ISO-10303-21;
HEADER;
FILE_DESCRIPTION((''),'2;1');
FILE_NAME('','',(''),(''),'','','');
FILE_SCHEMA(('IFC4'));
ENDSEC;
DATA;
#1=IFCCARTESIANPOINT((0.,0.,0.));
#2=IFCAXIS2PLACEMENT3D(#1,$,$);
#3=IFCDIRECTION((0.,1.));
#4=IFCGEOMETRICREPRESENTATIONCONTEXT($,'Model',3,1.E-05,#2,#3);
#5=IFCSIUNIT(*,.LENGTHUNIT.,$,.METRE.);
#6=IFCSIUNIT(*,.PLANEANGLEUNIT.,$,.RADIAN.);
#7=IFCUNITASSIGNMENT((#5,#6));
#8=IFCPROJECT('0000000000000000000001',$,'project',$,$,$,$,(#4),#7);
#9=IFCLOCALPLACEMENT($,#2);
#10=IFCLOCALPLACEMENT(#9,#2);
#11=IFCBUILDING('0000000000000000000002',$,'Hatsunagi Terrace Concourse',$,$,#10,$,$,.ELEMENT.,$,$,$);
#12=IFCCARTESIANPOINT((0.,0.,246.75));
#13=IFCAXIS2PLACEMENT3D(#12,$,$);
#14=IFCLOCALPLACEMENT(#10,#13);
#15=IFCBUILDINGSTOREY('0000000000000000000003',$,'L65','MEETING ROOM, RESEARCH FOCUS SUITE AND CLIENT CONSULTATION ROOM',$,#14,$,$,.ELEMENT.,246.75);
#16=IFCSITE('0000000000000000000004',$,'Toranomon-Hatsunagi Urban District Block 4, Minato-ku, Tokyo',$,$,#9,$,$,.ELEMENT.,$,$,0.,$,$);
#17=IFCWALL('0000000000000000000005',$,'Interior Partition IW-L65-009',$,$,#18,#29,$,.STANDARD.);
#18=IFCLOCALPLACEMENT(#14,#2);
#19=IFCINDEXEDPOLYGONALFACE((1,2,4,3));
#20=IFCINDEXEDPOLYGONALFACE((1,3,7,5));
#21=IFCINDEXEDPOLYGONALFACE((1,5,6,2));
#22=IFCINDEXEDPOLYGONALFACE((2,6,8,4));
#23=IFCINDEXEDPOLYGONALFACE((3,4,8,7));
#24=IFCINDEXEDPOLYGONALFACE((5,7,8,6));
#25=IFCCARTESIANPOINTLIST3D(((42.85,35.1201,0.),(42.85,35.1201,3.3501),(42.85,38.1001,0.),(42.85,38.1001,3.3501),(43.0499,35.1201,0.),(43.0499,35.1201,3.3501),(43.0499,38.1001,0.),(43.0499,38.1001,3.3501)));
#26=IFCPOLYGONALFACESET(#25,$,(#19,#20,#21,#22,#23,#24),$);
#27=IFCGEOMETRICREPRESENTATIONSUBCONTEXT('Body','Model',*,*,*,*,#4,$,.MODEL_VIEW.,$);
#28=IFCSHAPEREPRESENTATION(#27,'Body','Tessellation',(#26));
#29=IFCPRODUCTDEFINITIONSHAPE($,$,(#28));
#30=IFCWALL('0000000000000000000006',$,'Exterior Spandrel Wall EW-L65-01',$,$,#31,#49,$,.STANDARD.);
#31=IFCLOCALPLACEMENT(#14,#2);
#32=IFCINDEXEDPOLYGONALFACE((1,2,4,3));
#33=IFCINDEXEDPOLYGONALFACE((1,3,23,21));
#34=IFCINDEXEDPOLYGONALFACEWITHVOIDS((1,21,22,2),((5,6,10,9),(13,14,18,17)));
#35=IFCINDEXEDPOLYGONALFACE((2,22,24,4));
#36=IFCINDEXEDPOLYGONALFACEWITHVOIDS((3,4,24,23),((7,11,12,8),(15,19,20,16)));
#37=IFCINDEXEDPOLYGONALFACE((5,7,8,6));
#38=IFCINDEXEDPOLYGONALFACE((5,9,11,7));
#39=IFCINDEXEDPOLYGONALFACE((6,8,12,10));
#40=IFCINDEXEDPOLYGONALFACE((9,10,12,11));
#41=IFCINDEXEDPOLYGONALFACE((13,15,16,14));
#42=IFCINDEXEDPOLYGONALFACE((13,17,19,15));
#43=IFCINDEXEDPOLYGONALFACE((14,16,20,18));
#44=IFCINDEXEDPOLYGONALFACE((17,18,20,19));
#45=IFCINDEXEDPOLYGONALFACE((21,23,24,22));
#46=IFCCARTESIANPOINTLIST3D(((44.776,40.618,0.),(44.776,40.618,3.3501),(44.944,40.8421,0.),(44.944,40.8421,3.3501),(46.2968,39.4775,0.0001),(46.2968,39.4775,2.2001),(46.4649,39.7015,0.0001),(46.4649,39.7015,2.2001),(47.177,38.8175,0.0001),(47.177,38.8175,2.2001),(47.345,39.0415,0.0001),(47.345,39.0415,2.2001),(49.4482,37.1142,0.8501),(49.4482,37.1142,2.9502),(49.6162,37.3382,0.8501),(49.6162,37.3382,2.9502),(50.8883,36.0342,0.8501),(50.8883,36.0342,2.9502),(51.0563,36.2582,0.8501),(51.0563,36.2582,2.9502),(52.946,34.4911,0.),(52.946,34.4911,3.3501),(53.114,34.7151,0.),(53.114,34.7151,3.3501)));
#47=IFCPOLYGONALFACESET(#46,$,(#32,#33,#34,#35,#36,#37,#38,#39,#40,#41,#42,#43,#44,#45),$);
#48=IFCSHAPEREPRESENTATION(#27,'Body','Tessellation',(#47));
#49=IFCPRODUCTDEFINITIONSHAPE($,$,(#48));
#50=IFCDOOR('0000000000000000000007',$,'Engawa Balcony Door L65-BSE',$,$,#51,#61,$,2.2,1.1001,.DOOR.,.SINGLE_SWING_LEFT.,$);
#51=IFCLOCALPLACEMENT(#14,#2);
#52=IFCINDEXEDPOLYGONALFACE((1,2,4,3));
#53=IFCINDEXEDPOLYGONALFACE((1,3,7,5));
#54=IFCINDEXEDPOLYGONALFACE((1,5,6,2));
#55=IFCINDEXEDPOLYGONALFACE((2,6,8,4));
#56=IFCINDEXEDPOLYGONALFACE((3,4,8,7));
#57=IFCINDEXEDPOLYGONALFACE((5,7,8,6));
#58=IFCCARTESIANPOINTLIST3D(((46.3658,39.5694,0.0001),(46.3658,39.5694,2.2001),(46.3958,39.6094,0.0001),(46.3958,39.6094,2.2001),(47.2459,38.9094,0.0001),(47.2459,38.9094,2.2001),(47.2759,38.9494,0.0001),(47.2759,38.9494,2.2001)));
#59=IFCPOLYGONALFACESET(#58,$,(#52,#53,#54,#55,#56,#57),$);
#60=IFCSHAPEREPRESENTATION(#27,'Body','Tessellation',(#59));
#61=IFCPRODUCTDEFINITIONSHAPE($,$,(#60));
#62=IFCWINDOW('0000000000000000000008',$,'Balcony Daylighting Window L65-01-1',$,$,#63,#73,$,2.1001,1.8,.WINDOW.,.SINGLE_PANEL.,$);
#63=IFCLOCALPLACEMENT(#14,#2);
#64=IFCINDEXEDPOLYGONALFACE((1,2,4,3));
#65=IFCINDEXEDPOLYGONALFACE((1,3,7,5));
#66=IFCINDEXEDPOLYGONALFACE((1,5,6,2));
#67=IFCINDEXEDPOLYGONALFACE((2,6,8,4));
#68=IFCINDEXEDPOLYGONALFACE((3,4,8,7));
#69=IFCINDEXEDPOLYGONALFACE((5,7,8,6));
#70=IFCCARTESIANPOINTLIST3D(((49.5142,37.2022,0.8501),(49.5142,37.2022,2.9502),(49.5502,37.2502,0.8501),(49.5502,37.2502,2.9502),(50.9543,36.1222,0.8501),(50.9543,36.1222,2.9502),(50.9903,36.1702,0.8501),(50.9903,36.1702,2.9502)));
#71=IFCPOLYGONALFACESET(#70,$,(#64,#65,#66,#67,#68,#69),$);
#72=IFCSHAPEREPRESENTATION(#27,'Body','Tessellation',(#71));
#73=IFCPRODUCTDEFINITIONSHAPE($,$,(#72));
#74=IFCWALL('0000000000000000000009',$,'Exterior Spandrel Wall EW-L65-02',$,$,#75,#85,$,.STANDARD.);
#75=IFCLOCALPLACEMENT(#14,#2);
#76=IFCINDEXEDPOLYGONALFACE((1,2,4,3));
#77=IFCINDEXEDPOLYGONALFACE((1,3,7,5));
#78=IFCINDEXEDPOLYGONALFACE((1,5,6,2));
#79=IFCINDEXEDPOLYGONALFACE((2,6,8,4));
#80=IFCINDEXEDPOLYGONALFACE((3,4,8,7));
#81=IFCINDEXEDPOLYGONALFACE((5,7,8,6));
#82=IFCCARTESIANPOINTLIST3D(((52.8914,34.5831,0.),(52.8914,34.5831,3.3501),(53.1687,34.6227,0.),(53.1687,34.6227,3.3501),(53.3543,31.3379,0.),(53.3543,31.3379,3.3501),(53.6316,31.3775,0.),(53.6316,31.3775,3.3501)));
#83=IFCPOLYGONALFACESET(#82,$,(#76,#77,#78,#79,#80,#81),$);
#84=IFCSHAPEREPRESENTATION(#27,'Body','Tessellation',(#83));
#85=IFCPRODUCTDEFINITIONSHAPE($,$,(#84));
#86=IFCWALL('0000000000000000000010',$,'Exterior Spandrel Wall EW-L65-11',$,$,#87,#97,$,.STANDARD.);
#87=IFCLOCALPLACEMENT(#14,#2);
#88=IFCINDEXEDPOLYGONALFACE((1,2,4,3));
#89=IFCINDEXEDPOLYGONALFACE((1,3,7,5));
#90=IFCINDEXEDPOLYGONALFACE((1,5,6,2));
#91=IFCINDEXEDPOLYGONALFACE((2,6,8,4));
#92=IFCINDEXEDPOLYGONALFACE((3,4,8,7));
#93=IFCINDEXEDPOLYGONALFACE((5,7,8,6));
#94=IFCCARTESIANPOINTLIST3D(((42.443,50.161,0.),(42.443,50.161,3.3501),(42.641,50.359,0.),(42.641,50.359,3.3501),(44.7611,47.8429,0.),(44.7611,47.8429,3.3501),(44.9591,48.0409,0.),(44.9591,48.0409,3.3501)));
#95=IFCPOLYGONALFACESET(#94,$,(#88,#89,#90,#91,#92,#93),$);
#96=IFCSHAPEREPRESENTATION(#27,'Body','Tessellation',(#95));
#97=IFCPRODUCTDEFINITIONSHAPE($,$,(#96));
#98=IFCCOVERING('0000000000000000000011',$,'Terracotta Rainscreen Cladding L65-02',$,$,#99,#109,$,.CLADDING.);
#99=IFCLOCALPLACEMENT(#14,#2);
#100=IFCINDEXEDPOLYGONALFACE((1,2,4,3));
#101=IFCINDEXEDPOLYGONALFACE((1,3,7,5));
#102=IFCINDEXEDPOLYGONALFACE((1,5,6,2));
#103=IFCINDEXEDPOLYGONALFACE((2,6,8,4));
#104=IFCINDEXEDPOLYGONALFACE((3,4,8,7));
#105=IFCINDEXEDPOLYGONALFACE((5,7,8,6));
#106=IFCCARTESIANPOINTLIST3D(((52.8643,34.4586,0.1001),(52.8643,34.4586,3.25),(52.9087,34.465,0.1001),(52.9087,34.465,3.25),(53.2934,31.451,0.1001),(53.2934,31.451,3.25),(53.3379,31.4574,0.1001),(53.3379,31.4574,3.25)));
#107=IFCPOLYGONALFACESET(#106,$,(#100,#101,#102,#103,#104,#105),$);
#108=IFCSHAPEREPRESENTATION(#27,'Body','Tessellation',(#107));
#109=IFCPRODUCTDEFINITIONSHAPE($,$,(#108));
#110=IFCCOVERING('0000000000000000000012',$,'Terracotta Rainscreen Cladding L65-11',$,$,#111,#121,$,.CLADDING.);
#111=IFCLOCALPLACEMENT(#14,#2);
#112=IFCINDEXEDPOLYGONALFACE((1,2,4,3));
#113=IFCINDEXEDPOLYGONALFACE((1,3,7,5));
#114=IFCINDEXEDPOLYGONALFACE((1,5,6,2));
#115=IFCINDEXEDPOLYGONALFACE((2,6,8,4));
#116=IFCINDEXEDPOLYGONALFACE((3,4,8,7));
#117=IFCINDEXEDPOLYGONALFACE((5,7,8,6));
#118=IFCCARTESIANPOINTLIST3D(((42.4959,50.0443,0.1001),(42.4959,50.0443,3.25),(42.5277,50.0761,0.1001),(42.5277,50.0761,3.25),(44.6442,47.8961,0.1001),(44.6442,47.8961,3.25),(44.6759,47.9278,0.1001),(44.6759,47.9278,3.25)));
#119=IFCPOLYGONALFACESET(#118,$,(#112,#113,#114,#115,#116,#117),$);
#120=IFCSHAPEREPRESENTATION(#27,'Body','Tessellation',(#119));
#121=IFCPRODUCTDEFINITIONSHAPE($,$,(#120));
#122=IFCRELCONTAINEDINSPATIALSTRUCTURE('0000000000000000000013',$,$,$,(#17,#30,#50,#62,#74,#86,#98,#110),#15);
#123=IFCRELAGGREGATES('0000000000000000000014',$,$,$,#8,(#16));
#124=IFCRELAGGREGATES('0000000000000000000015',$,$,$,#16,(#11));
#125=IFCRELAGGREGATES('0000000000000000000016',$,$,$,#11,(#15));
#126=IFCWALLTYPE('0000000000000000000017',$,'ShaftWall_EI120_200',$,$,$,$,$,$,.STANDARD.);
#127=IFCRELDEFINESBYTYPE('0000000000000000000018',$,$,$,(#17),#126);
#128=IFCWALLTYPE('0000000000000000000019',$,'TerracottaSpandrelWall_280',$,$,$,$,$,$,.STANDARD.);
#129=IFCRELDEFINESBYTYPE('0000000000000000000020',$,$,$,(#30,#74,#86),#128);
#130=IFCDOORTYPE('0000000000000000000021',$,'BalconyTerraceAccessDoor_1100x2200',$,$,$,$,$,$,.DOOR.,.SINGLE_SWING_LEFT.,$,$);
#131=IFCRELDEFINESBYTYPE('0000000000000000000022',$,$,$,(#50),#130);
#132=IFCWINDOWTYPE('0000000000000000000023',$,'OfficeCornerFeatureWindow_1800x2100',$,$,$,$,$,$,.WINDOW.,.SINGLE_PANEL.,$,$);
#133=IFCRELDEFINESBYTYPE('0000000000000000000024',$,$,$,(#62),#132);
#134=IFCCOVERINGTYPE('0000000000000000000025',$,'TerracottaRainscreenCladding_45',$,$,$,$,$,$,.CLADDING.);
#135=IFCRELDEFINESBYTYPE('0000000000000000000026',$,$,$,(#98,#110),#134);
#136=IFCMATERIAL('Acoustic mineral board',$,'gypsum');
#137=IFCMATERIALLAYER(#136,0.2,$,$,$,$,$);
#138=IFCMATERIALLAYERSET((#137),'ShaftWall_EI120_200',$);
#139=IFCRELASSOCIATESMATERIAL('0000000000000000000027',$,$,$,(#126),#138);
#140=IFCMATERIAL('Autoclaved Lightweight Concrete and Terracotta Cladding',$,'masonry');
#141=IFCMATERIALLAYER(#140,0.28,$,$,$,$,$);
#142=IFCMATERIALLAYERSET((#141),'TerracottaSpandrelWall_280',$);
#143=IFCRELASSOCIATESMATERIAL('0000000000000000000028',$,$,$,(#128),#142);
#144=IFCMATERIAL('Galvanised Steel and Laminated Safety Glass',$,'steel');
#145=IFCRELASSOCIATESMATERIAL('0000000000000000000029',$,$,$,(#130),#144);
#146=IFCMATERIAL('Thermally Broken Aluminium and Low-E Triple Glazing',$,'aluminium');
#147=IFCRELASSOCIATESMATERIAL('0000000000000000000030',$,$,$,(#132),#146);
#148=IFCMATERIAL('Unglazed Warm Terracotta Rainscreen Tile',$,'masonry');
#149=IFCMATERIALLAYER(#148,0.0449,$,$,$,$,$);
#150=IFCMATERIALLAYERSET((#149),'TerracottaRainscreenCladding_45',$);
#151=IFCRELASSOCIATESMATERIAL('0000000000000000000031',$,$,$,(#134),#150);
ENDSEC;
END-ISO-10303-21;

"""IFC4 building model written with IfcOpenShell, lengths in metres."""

from ifc_helpers import new_model, si_unit, direction, frame, frame_2d, origin, origin_2d, place, context, subcontext, project, spatial, rectangle, extrude, material, layer, layer_set, type_object, element, fill, save


model = new_model("IFC4")

# Units and contexts
model_context = context("Model", 3, precision=1e-05, world=origin(), true_north=direction((0.0, 1.0)))
body_context = subcontext(model_context, "Body", "Model", "MODEL_VIEW")
ifc_project = project(units=[si_unit("LENGTHUNIT", "METRE"), si_unit("PLANEANGLEUNIT", "RADIAN")], contexts=[model_context])

# Site, building, storey
site_placement = place(None, origin())
site = spatial("IfcSite", under=ifc_project, at=site_placement, Name="Toranomon-Hatsunagi Urban District Block 4, Minato-ku, Tokyo", CompositionType="ELEMENT", RefElevation=0.0)
building_placement = place(site_placement, origin())
building = spatial("IfcBuilding", under=site, at=building_placement, Name="Hatsunagi Terrace Concourse", CompositionType="ELEMENT")
storey_placement = place(building_placement, frame((0.0, 0.0, 246.75)))
storey = spatial("IfcBuildingStorey", under=building, at=storey_placement, Name="L65", Description="MEETING ROOM, RESEARCH FOCUS SUITE AND CLIENT CONSULTATION ROOM", CompositionType="ELEMENT", Elevation=246.75)

# Wall
ifc_material_1 = material(Name="Acoustic mineral board", Category="gypsum")
ifc_layer_1 = layer(ifc_material_1, 0.2)
ifc_layer_set_1 = layer_set([ifc_layer_1], Name="ShaftWall_EI120_200")
wall_type_1 = type_object("IfcWallType", Name="ShaftWall_EI120_200", PredefinedType="STANDARD", material=ifc_layer_set_1)
wall_1_placement = place(storey_placement, frame((42.95, 35.1201, 0.0), z_axis=(0.0, 0.0, 1.0), x_axis=(0.0, 1.0, 0.0)))
element("IfcWall", 1, at=wall_1_placement, inside=storey, type_object=wall_type_1, Name="Interior Partition IW-L65-009", PredefinedType="STANDARD", context=body_context, shape_type="SweptSolid", body=[
    extrude(rectangle(XDim=2.98, YDim=0.2, at=frame_2d((1.49, 0.0))), origin(), (0.0, 0.0, 1.0), 3.3501),
])

# Wall, openings, door, window
ifc_material_2 = material(Name="Autoclaved Lightweight Concrete and Terracotta Cladding", Category="masonry")
ifc_layer_2 = layer(ifc_material_2, 0.28)
ifc_layer_set_2 = layer_set([ifc_layer_2], Name="TerracottaSpandrelWall_280")
wall_type_2 = type_object("IfcWallType", Name="TerracottaSpandrelWall_280", PredefinedType="STANDARD", material=ifc_layer_set_2)
wall_2_placement = place(storey_placement, frame((44.8601, 40.73, 0.0), z_axis=(0.0, 0.0, 1.0), x_axis=(0.800023, -0.599969, 0.0)))
wall_2 = element("IfcWall", 2, at=wall_2_placement, inside=storey, type_object=wall_type_2, Name="Exterior Spandrel Wall EW-L65-01", PredefinedType="STANDARD", context=body_context, shape_type="SweptSolid", body=[
    extrude(rectangle(XDim=10.2122, YDim=0.28, at=frame_2d((5.106, 0.0))), origin(), (0.0, 0.0, 1.0), 3.3501),
])
opening_1_placement = place(wall_2_placement, frame((1.9009, 0.0, 0.0)))
opening_1 = element("IfcOpeningElement", 3, at=opening_1_placement, cuts=wall_2, PredefinedType="OPENING", context=body_context, shape_type="SweptSolid", body=[
    extrude(rectangle(XDim=1.1001, YDim=2.2, at=frame_2d((0.55, 1.1001))), frame((0.0, 0.1499, 0.0), z_axis=(0.0, -1.0, 0.0), x_axis=(1.0, 0.0, 0.0)), (0.0, 0.0, 1.0), 0.3),
])
opening_2_placement = place(wall_2_placement, frame((5.8401, 0.0, 0.8501)))
opening_2 = element("IfcOpeningElement", 4, at=opening_2_placement, cuts=wall_2, PredefinedType="OPENING", context=body_context, shape_type="SweptSolid", body=[
    extrude(rectangle(XDim=1.8, YDim=2.1001, at=frame_2d((0.8999, 1.05))), frame((0.0, 0.1499, 0.0), z_axis=(0.0, -1.0, 0.0), x_axis=(1.0, 0.0, 0.0)), (0.0, 0.0, 1.0), 0.3),
])
ifc_material_3 = material(Name="Galvanised Steel and Laminated Safety Glass", Category="steel")
door_type_1 = type_object("IfcDoorType", Name="BalconyTerraceAccessDoor_1100x2200", OperationType="SINGLE_SWING_LEFT", PredefinedType="DOOR", material=ifc_material_3)
door_1_placement = place(opening_1_placement, origin())
door_1 = element("IfcDoor", 5, at=door_1_placement, inside=storey, type_object=door_type_1, Name="Engawa Balcony Door L65-BSE", OperationType="SINGLE_SWING_LEFT", OverallHeight=2.2, OverallWidth=1.1001, PredefinedType="DOOR", context=body_context, shape_type="SweptSolid", body=[
    extrude(rectangle(XDim=1.1001, YDim=2.2, at=frame_2d((0.55, 1.1001))), frame((0.0, 0.0249, 0.0), z_axis=(0.0, -1.0, 0.0), x_axis=(1.0, 0.0, 0.0)), (0.0, 0.0, 1.0), 0.05),
])
fill(opening_1, door_1)
ifc_material_4 = material(Name="Thermally Broken Aluminium and Low-E Triple Glazing", Category="aluminium")
window_type = type_object("IfcWindowType", Name="OfficeCornerFeatureWindow_1800x2100", PartitioningType="SINGLE_PANEL", PredefinedType="WINDOW", material=ifc_material_4)
window_placement = place(opening_2_placement, origin())
window = element("IfcWindow", 6, at=window_placement, inside=storey, type_object=window_type, Name="Balcony Daylighting Window L65-01-1", OverallHeight=2.1001, OverallWidth=1.8, PartitioningType="SINGLE_PANEL", PredefinedType="WINDOW", context=body_context, shape_type="SweptSolid", body=[
    extrude(rectangle(XDim=1.8, YDim=2.1001, at=frame_2d((0.8999, 1.05))), frame((0.0, 0.03, 0.0), z_axis=(0.0, -1.0, 0.0), x_axis=(1.0, 0.0, 0.0)), (0.0, 0.0, 1.0), 0.0601),
])
fill(opening_2, window)

# Walls
wall_3_placement = place(storey_placement, frame((53.03, 34.603, 0.0), z_axis=(0.0, 0.0, 1.0), x_axis=(0.141213, -0.989979, 0.0)))
element("IfcWall", 7, at=wall_3_placement, inside=storey, type_object=wall_type_2, Name="Exterior Spandrel Wall EW-L65-02", PredefinedType="STANDARD", context=body_context, shape_type="SweptSolid", body=[
    extrude(rectangle(XDim=3.2781, YDim=0.28, at=frame_2d((1.6392, 0.0))), origin(), (0.0, 0.0, 1.0), 3.3501),
])
wall_4_placement = place(storey_placement, frame((42.542, 50.26, 0.0), z_axis=(0.0, 0.0, 1.0), x_axis=(0.707107, -0.707107, 0.0)))
element("IfcWall", 8, at=wall_4_placement, inside=storey, type_object=wall_type_2, Name="Exterior Spandrel Wall EW-L65-11", PredefinedType="STANDARD", context=body_context, shape_type="SweptSolid", body=[
    extrude(rectangle(XDim=3.2783, YDim=0.28, at=frame_2d((1.6392, 0.0))), origin(), (0.0, 0.0, 1.0), 3.3501),
])

# Coverings
ifc_material_5 = material(Name="Unglazed Warm Terracotta Rainscreen Tile", Category="masonry")
ifc_layer_3 = layer(ifc_material_5, 0.0449)
ifc_layer_set_3 = layer_set([ifc_layer_3], Name="TerracottaRainscreenCladding_45")
covering_type = type_object("IfcCoveringType", Name="TerracottaRainscreenCladding_45", PredefinedType="CLADDING", material=ifc_layer_set_3)
for number, where, z_axis, x_axis, name in (
    (9, (53.1011, 32.958, 0.1001), (0.0, 0.0, 1.0), (0.14125, -0.989974, 0.0), "Terracotta Rainscreen Cladding L65-02"),
    (10, (43.5859, 48.9861, 0.1001), (0.0, 0.0, 1.0), (0.707107, -0.707107, 0.0), "Terracotta Rainscreen Cladding L65-11"),
):
    element("IfcCovering", number, at=place(storey_placement, frame(where, z_axis=z_axis, x_axis=x_axis)), inside=storey, type_object=covering_type, Name=name, PredefinedType="CLADDING", context=body_context, shape_type="SweptSolid", body=[
        extrude(rectangle(XDim=3.0381, YDim=0.0449, at=origin_2d()), origin(), (0.0, 0.0, 1.0), 3.1499),
    ])

save(model, "model.ifc")
